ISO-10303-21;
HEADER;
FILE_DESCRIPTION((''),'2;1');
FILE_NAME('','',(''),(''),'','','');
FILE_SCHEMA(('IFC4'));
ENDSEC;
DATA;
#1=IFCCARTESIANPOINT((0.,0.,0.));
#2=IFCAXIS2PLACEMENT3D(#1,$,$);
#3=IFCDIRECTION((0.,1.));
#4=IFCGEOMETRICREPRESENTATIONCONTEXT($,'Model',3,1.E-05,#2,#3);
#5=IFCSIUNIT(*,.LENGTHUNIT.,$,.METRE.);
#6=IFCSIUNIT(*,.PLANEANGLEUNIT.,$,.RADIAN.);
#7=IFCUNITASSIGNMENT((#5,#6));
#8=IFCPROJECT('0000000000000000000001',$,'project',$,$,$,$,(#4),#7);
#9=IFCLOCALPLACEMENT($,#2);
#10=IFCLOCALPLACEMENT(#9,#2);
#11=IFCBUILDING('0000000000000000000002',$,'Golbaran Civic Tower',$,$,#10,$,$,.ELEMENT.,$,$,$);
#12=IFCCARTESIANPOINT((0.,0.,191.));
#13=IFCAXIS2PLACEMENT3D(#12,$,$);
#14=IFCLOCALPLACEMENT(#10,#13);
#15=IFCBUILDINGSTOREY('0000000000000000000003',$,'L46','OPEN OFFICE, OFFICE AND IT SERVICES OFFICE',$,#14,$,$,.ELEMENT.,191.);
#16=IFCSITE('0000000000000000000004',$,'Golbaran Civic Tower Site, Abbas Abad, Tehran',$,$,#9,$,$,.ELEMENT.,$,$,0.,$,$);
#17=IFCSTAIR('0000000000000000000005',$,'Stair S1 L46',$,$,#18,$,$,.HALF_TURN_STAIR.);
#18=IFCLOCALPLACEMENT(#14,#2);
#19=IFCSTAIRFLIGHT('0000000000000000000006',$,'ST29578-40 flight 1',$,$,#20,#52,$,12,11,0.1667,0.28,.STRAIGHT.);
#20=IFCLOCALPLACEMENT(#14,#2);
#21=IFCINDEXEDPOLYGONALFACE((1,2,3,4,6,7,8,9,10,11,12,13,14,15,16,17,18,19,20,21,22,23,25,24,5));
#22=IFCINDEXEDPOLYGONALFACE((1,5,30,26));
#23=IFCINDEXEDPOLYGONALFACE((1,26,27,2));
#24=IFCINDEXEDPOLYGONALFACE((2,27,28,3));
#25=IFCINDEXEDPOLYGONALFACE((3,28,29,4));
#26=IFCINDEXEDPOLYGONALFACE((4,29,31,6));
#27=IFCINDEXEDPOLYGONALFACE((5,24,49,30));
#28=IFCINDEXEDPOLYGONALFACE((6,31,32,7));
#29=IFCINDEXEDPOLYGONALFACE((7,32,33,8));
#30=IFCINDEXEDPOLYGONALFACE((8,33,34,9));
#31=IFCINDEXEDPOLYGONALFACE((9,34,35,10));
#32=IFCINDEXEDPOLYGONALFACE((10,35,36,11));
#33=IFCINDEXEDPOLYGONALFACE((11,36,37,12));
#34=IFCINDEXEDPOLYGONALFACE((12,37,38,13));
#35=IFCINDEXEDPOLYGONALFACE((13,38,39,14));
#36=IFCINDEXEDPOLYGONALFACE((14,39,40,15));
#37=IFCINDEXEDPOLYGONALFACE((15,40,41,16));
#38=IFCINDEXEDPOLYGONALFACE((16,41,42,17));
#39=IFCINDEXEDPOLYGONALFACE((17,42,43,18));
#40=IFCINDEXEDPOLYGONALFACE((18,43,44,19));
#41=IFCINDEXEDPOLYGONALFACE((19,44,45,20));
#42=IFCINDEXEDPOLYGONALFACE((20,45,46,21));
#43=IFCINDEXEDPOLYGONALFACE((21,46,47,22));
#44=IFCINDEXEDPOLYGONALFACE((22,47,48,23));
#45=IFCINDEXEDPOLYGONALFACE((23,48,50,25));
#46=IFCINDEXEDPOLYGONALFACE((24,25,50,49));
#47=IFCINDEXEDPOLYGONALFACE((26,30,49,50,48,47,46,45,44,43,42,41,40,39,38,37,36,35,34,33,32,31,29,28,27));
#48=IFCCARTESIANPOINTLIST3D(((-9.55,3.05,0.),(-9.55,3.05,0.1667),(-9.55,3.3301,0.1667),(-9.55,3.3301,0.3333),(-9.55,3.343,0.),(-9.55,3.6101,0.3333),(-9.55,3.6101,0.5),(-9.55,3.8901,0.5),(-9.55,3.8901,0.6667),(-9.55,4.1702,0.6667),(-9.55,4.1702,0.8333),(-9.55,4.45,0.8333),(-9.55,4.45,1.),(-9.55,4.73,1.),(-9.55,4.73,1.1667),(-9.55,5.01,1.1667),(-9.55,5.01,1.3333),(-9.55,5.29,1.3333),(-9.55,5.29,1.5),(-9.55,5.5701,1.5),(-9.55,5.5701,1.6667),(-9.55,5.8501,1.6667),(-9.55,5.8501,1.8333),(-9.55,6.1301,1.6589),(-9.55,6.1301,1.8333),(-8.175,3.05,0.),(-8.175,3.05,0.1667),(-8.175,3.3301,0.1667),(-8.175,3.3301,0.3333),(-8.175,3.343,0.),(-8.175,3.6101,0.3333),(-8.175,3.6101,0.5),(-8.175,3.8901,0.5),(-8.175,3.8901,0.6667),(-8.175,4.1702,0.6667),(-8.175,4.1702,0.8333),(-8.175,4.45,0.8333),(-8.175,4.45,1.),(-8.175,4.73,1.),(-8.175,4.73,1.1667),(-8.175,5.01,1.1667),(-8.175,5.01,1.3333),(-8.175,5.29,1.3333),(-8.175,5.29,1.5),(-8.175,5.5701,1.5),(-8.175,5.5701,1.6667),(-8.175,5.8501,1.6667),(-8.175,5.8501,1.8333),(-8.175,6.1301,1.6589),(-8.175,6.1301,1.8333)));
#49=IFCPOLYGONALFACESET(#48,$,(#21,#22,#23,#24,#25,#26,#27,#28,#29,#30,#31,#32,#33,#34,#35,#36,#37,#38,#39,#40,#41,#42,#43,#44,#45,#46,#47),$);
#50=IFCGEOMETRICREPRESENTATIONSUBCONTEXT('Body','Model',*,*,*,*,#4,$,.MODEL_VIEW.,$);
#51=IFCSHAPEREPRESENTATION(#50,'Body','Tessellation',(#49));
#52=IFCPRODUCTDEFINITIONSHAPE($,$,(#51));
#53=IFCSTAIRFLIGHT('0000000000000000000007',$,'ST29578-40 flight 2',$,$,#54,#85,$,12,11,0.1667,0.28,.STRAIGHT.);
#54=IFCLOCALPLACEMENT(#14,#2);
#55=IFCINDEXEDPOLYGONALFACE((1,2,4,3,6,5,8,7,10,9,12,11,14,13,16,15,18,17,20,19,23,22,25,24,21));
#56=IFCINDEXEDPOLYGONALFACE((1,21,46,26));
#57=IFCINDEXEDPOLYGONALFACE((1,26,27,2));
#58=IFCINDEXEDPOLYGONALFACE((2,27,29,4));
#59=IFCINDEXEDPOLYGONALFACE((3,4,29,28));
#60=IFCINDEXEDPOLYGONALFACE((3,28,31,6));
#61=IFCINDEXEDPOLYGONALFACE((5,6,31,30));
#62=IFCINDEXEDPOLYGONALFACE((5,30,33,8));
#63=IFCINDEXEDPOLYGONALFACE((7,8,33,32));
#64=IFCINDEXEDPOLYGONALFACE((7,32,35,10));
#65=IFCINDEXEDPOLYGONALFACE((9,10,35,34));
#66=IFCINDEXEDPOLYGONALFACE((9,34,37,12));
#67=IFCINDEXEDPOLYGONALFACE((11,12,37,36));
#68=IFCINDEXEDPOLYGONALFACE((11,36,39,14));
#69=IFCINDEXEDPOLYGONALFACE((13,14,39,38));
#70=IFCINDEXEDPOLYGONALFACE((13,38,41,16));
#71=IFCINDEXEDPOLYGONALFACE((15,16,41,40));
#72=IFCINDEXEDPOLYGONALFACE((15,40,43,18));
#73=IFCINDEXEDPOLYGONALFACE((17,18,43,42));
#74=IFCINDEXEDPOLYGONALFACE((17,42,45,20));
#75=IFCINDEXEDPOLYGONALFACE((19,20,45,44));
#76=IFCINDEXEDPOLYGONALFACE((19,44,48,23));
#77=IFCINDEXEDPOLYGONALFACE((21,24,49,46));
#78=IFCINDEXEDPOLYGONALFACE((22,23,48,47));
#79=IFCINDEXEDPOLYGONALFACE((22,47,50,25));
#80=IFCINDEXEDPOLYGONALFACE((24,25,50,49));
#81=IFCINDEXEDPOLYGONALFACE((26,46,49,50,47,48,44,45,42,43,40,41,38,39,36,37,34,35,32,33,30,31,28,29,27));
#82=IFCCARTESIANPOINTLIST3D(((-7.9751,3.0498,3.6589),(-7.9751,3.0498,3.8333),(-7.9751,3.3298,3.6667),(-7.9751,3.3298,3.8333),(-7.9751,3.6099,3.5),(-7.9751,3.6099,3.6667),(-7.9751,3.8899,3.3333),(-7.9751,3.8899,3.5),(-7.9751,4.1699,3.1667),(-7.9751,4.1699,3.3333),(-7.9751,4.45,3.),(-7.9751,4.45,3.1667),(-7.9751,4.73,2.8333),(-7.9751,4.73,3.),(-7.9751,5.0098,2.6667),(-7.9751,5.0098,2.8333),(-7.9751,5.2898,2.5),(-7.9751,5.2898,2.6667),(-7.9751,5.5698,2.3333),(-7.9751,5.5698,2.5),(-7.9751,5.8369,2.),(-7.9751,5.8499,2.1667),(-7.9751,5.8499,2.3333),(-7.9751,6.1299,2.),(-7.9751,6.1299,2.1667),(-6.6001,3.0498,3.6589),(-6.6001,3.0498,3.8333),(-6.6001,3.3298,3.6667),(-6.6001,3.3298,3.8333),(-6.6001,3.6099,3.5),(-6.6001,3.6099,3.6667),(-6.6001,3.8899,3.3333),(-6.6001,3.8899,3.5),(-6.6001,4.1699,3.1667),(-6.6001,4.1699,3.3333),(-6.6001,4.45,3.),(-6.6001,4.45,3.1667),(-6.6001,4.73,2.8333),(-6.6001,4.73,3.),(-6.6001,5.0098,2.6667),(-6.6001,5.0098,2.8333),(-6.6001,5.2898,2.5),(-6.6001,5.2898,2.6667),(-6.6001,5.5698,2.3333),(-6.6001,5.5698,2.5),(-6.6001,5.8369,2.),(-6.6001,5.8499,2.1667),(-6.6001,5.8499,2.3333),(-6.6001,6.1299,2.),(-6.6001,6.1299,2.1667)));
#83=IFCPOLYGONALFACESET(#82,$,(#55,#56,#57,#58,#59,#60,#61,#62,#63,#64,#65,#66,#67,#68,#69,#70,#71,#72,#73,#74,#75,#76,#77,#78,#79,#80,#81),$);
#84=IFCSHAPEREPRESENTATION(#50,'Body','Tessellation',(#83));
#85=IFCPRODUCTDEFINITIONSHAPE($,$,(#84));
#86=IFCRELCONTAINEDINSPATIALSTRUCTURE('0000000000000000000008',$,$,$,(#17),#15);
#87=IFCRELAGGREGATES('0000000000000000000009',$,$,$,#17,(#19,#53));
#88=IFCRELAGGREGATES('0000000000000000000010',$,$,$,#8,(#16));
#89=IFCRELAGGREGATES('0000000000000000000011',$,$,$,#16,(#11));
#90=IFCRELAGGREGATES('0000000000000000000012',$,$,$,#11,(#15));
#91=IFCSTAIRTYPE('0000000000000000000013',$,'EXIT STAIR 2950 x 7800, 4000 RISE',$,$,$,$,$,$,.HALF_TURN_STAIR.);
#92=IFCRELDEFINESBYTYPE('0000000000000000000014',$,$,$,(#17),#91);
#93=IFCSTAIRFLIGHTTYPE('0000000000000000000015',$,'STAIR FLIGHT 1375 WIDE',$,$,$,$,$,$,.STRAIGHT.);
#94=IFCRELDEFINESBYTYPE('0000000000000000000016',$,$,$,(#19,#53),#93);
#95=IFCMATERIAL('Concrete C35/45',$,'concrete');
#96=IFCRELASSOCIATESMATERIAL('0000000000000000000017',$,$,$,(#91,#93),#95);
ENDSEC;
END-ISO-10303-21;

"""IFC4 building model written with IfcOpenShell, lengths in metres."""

from ifc_helpers import new_model, si_unit, direction, frame, origin, place, context, subcontext, project, spatial, polyline, outline, extrude, material, type_object, element, aggregate, save


model = new_model("IFC4")

# Units and contexts
model_context = context("Model", 3, precision=1e-05, world=origin(), true_north=direction((0.0, 1.0)))
body_context = subcontext(model_context, "Body", "Model", "MODEL_VIEW")
ifc_project = project(units=[si_unit("LENGTHUNIT", "METRE"), si_unit("PLANEANGLEUNIT", "RADIAN")], contexts=[model_context])

# Site, building, storey
site_placement = place(None, origin())
site = spatial("IfcSite", under=ifc_project, at=site_placement, Name="Golbaran Civic Tower Site, Abbas Abad, Tehran", CompositionType="ELEMENT", RefElevation=0.0)
building_placement = place(site_placement, origin())
building = spatial("IfcBuilding", under=site, at=building_placement, Name="Golbaran Civic Tower", CompositionType="ELEMENT")
storey_placement = place(building_placement, frame((0.0, 0.0, 191.0)))
storey = spatial("IfcBuildingStorey", under=building, at=storey_placement, Name="L46", Description="OPEN OFFICE, OFFICE AND IT SERVICES OFFICE", CompositionType="ELEMENT", Elevation=191.0)

# Stair, stair flights
ifc_material_1 = material(Name="Concrete C35/45", Category="concrete")
stair_type = type_object("IfcStairType", Name="EXIT STAIR 2950 x 7800, 4000 RISE", PredefinedType="HALF_TURN_STAIR", material=ifc_material_1)
stair_placement = place(storey_placement, origin())
stair = element("IfcStair", 1, at=stair_placement, inside=storey, type_object=stair_type, Name="Stair S1 L46", PredefinedType="HALF_TURN_STAIR")
stair_flight_type = type_object("IfcStairFlightType", Name="STAIR FLIGHT 1375 WIDE", PredefinedType="STRAIGHT", material=ifc_material_1)
stair_flight_1_placement = place(storey_placement, frame((-8.8625, 3.05, 0.0), z_axis=(0.0, 0.0, 1.0), x_axis=(0.0, 1.0, 0.0)))
stair_flight_1 = element("IfcStairFlight", 2, at=stair_flight_1_placement, type_object=stair_flight_type, Name="ST29578-40 flight 1", NumberOfRisers=12, NumberOfTreads=11, PredefinedType="STRAIGHT", RiserHeight=0.1667, TreadLength=0.28, context=body_context, shape_type="SweptSolid", body=[
    extrude(outline(polyline([(0.0, 0.0), (0.0, 0.1667), (0.28, 0.1667), (0.28, 0.3333), (0.5601, 0.3333), (0.5601, 0.5), (0.8401, 0.5), (0.8401, 0.6667), (1.1201, 0.6667), (1.1201, 0.8333), (1.3999, 0.8333), (1.3999, 1.0), (1.6799, 1.0), (1.6799, 1.1667), (1.96, 1.1667), (1.96, 1.3333), (2.24, 1.3333), (2.24, 1.5), (2.52, 1.5), (2.52, 1.6667), (2.8, 1.6667), (2.8, 1.8333), (3.0801, 1.8333), (3.0801, 2.0), (3.0801, 1.6589), (0.293, 0.0), (0.0, 0.0)])), frame((0.0, 0.6875, 0.0), z_axis=(0.0, -1.0, 0.0), x_axis=(1.0, 0.0, 0.0)), (0.0, 0.0, 1.0), 1.375),
])
stair_flight_2_placement = place(storey_placement, frame((-7.2876, 6.1299, 2.0), z_axis=(0.0, 0.0, 1.0), x_axis=(0.0, -1.0, 0.0)))
stair_flight_2 = element("IfcStairFlight", 3, at=stair_flight_2_placement, type_object=stair_flight_type, Name="ST29578-40 flight 2", NumberOfRisers=12, NumberOfTreads=11, PredefinedType="STRAIGHT", RiserHeight=0.1667, TreadLength=0.28, context=body_context, shape_type="SweptSolid", body=[
    extrude(outline(polyline([(0.0, 0.0), (0.0, 0.1667), (0.28, 0.1667), (0.28, 0.3333), (0.5601, 0.3333), (0.5601, 0.5), (0.8401, 0.5), (0.8401, 0.6667), (1.1201, 0.6667), (1.1201, 0.8333), (1.3999, 0.8333), (1.3999, 1.0), (1.6799, 1.0), (1.6799, 1.1667), (1.96, 1.1667), (1.96, 1.3333), (2.24, 1.3333), (2.24, 1.5), (2.52, 1.5), (2.52, 1.6667), (2.8, 1.6667), (2.8, 1.8333), (3.0801, 1.8333), (3.0801, 2.0), (3.0801, 1.6589), (0.293, 0.0), (0.0, 0.0)])), frame((0.0, 0.6875, 0.0), z_axis=(0.0, -1.0, 0.0), x_axis=(1.0, 0.0, 0.0)), (0.0, 0.0, 1.0), 1.375),
])
aggregate(stair, [stair_flight_1, stair_flight_2])

save(model, "model.ifc")
